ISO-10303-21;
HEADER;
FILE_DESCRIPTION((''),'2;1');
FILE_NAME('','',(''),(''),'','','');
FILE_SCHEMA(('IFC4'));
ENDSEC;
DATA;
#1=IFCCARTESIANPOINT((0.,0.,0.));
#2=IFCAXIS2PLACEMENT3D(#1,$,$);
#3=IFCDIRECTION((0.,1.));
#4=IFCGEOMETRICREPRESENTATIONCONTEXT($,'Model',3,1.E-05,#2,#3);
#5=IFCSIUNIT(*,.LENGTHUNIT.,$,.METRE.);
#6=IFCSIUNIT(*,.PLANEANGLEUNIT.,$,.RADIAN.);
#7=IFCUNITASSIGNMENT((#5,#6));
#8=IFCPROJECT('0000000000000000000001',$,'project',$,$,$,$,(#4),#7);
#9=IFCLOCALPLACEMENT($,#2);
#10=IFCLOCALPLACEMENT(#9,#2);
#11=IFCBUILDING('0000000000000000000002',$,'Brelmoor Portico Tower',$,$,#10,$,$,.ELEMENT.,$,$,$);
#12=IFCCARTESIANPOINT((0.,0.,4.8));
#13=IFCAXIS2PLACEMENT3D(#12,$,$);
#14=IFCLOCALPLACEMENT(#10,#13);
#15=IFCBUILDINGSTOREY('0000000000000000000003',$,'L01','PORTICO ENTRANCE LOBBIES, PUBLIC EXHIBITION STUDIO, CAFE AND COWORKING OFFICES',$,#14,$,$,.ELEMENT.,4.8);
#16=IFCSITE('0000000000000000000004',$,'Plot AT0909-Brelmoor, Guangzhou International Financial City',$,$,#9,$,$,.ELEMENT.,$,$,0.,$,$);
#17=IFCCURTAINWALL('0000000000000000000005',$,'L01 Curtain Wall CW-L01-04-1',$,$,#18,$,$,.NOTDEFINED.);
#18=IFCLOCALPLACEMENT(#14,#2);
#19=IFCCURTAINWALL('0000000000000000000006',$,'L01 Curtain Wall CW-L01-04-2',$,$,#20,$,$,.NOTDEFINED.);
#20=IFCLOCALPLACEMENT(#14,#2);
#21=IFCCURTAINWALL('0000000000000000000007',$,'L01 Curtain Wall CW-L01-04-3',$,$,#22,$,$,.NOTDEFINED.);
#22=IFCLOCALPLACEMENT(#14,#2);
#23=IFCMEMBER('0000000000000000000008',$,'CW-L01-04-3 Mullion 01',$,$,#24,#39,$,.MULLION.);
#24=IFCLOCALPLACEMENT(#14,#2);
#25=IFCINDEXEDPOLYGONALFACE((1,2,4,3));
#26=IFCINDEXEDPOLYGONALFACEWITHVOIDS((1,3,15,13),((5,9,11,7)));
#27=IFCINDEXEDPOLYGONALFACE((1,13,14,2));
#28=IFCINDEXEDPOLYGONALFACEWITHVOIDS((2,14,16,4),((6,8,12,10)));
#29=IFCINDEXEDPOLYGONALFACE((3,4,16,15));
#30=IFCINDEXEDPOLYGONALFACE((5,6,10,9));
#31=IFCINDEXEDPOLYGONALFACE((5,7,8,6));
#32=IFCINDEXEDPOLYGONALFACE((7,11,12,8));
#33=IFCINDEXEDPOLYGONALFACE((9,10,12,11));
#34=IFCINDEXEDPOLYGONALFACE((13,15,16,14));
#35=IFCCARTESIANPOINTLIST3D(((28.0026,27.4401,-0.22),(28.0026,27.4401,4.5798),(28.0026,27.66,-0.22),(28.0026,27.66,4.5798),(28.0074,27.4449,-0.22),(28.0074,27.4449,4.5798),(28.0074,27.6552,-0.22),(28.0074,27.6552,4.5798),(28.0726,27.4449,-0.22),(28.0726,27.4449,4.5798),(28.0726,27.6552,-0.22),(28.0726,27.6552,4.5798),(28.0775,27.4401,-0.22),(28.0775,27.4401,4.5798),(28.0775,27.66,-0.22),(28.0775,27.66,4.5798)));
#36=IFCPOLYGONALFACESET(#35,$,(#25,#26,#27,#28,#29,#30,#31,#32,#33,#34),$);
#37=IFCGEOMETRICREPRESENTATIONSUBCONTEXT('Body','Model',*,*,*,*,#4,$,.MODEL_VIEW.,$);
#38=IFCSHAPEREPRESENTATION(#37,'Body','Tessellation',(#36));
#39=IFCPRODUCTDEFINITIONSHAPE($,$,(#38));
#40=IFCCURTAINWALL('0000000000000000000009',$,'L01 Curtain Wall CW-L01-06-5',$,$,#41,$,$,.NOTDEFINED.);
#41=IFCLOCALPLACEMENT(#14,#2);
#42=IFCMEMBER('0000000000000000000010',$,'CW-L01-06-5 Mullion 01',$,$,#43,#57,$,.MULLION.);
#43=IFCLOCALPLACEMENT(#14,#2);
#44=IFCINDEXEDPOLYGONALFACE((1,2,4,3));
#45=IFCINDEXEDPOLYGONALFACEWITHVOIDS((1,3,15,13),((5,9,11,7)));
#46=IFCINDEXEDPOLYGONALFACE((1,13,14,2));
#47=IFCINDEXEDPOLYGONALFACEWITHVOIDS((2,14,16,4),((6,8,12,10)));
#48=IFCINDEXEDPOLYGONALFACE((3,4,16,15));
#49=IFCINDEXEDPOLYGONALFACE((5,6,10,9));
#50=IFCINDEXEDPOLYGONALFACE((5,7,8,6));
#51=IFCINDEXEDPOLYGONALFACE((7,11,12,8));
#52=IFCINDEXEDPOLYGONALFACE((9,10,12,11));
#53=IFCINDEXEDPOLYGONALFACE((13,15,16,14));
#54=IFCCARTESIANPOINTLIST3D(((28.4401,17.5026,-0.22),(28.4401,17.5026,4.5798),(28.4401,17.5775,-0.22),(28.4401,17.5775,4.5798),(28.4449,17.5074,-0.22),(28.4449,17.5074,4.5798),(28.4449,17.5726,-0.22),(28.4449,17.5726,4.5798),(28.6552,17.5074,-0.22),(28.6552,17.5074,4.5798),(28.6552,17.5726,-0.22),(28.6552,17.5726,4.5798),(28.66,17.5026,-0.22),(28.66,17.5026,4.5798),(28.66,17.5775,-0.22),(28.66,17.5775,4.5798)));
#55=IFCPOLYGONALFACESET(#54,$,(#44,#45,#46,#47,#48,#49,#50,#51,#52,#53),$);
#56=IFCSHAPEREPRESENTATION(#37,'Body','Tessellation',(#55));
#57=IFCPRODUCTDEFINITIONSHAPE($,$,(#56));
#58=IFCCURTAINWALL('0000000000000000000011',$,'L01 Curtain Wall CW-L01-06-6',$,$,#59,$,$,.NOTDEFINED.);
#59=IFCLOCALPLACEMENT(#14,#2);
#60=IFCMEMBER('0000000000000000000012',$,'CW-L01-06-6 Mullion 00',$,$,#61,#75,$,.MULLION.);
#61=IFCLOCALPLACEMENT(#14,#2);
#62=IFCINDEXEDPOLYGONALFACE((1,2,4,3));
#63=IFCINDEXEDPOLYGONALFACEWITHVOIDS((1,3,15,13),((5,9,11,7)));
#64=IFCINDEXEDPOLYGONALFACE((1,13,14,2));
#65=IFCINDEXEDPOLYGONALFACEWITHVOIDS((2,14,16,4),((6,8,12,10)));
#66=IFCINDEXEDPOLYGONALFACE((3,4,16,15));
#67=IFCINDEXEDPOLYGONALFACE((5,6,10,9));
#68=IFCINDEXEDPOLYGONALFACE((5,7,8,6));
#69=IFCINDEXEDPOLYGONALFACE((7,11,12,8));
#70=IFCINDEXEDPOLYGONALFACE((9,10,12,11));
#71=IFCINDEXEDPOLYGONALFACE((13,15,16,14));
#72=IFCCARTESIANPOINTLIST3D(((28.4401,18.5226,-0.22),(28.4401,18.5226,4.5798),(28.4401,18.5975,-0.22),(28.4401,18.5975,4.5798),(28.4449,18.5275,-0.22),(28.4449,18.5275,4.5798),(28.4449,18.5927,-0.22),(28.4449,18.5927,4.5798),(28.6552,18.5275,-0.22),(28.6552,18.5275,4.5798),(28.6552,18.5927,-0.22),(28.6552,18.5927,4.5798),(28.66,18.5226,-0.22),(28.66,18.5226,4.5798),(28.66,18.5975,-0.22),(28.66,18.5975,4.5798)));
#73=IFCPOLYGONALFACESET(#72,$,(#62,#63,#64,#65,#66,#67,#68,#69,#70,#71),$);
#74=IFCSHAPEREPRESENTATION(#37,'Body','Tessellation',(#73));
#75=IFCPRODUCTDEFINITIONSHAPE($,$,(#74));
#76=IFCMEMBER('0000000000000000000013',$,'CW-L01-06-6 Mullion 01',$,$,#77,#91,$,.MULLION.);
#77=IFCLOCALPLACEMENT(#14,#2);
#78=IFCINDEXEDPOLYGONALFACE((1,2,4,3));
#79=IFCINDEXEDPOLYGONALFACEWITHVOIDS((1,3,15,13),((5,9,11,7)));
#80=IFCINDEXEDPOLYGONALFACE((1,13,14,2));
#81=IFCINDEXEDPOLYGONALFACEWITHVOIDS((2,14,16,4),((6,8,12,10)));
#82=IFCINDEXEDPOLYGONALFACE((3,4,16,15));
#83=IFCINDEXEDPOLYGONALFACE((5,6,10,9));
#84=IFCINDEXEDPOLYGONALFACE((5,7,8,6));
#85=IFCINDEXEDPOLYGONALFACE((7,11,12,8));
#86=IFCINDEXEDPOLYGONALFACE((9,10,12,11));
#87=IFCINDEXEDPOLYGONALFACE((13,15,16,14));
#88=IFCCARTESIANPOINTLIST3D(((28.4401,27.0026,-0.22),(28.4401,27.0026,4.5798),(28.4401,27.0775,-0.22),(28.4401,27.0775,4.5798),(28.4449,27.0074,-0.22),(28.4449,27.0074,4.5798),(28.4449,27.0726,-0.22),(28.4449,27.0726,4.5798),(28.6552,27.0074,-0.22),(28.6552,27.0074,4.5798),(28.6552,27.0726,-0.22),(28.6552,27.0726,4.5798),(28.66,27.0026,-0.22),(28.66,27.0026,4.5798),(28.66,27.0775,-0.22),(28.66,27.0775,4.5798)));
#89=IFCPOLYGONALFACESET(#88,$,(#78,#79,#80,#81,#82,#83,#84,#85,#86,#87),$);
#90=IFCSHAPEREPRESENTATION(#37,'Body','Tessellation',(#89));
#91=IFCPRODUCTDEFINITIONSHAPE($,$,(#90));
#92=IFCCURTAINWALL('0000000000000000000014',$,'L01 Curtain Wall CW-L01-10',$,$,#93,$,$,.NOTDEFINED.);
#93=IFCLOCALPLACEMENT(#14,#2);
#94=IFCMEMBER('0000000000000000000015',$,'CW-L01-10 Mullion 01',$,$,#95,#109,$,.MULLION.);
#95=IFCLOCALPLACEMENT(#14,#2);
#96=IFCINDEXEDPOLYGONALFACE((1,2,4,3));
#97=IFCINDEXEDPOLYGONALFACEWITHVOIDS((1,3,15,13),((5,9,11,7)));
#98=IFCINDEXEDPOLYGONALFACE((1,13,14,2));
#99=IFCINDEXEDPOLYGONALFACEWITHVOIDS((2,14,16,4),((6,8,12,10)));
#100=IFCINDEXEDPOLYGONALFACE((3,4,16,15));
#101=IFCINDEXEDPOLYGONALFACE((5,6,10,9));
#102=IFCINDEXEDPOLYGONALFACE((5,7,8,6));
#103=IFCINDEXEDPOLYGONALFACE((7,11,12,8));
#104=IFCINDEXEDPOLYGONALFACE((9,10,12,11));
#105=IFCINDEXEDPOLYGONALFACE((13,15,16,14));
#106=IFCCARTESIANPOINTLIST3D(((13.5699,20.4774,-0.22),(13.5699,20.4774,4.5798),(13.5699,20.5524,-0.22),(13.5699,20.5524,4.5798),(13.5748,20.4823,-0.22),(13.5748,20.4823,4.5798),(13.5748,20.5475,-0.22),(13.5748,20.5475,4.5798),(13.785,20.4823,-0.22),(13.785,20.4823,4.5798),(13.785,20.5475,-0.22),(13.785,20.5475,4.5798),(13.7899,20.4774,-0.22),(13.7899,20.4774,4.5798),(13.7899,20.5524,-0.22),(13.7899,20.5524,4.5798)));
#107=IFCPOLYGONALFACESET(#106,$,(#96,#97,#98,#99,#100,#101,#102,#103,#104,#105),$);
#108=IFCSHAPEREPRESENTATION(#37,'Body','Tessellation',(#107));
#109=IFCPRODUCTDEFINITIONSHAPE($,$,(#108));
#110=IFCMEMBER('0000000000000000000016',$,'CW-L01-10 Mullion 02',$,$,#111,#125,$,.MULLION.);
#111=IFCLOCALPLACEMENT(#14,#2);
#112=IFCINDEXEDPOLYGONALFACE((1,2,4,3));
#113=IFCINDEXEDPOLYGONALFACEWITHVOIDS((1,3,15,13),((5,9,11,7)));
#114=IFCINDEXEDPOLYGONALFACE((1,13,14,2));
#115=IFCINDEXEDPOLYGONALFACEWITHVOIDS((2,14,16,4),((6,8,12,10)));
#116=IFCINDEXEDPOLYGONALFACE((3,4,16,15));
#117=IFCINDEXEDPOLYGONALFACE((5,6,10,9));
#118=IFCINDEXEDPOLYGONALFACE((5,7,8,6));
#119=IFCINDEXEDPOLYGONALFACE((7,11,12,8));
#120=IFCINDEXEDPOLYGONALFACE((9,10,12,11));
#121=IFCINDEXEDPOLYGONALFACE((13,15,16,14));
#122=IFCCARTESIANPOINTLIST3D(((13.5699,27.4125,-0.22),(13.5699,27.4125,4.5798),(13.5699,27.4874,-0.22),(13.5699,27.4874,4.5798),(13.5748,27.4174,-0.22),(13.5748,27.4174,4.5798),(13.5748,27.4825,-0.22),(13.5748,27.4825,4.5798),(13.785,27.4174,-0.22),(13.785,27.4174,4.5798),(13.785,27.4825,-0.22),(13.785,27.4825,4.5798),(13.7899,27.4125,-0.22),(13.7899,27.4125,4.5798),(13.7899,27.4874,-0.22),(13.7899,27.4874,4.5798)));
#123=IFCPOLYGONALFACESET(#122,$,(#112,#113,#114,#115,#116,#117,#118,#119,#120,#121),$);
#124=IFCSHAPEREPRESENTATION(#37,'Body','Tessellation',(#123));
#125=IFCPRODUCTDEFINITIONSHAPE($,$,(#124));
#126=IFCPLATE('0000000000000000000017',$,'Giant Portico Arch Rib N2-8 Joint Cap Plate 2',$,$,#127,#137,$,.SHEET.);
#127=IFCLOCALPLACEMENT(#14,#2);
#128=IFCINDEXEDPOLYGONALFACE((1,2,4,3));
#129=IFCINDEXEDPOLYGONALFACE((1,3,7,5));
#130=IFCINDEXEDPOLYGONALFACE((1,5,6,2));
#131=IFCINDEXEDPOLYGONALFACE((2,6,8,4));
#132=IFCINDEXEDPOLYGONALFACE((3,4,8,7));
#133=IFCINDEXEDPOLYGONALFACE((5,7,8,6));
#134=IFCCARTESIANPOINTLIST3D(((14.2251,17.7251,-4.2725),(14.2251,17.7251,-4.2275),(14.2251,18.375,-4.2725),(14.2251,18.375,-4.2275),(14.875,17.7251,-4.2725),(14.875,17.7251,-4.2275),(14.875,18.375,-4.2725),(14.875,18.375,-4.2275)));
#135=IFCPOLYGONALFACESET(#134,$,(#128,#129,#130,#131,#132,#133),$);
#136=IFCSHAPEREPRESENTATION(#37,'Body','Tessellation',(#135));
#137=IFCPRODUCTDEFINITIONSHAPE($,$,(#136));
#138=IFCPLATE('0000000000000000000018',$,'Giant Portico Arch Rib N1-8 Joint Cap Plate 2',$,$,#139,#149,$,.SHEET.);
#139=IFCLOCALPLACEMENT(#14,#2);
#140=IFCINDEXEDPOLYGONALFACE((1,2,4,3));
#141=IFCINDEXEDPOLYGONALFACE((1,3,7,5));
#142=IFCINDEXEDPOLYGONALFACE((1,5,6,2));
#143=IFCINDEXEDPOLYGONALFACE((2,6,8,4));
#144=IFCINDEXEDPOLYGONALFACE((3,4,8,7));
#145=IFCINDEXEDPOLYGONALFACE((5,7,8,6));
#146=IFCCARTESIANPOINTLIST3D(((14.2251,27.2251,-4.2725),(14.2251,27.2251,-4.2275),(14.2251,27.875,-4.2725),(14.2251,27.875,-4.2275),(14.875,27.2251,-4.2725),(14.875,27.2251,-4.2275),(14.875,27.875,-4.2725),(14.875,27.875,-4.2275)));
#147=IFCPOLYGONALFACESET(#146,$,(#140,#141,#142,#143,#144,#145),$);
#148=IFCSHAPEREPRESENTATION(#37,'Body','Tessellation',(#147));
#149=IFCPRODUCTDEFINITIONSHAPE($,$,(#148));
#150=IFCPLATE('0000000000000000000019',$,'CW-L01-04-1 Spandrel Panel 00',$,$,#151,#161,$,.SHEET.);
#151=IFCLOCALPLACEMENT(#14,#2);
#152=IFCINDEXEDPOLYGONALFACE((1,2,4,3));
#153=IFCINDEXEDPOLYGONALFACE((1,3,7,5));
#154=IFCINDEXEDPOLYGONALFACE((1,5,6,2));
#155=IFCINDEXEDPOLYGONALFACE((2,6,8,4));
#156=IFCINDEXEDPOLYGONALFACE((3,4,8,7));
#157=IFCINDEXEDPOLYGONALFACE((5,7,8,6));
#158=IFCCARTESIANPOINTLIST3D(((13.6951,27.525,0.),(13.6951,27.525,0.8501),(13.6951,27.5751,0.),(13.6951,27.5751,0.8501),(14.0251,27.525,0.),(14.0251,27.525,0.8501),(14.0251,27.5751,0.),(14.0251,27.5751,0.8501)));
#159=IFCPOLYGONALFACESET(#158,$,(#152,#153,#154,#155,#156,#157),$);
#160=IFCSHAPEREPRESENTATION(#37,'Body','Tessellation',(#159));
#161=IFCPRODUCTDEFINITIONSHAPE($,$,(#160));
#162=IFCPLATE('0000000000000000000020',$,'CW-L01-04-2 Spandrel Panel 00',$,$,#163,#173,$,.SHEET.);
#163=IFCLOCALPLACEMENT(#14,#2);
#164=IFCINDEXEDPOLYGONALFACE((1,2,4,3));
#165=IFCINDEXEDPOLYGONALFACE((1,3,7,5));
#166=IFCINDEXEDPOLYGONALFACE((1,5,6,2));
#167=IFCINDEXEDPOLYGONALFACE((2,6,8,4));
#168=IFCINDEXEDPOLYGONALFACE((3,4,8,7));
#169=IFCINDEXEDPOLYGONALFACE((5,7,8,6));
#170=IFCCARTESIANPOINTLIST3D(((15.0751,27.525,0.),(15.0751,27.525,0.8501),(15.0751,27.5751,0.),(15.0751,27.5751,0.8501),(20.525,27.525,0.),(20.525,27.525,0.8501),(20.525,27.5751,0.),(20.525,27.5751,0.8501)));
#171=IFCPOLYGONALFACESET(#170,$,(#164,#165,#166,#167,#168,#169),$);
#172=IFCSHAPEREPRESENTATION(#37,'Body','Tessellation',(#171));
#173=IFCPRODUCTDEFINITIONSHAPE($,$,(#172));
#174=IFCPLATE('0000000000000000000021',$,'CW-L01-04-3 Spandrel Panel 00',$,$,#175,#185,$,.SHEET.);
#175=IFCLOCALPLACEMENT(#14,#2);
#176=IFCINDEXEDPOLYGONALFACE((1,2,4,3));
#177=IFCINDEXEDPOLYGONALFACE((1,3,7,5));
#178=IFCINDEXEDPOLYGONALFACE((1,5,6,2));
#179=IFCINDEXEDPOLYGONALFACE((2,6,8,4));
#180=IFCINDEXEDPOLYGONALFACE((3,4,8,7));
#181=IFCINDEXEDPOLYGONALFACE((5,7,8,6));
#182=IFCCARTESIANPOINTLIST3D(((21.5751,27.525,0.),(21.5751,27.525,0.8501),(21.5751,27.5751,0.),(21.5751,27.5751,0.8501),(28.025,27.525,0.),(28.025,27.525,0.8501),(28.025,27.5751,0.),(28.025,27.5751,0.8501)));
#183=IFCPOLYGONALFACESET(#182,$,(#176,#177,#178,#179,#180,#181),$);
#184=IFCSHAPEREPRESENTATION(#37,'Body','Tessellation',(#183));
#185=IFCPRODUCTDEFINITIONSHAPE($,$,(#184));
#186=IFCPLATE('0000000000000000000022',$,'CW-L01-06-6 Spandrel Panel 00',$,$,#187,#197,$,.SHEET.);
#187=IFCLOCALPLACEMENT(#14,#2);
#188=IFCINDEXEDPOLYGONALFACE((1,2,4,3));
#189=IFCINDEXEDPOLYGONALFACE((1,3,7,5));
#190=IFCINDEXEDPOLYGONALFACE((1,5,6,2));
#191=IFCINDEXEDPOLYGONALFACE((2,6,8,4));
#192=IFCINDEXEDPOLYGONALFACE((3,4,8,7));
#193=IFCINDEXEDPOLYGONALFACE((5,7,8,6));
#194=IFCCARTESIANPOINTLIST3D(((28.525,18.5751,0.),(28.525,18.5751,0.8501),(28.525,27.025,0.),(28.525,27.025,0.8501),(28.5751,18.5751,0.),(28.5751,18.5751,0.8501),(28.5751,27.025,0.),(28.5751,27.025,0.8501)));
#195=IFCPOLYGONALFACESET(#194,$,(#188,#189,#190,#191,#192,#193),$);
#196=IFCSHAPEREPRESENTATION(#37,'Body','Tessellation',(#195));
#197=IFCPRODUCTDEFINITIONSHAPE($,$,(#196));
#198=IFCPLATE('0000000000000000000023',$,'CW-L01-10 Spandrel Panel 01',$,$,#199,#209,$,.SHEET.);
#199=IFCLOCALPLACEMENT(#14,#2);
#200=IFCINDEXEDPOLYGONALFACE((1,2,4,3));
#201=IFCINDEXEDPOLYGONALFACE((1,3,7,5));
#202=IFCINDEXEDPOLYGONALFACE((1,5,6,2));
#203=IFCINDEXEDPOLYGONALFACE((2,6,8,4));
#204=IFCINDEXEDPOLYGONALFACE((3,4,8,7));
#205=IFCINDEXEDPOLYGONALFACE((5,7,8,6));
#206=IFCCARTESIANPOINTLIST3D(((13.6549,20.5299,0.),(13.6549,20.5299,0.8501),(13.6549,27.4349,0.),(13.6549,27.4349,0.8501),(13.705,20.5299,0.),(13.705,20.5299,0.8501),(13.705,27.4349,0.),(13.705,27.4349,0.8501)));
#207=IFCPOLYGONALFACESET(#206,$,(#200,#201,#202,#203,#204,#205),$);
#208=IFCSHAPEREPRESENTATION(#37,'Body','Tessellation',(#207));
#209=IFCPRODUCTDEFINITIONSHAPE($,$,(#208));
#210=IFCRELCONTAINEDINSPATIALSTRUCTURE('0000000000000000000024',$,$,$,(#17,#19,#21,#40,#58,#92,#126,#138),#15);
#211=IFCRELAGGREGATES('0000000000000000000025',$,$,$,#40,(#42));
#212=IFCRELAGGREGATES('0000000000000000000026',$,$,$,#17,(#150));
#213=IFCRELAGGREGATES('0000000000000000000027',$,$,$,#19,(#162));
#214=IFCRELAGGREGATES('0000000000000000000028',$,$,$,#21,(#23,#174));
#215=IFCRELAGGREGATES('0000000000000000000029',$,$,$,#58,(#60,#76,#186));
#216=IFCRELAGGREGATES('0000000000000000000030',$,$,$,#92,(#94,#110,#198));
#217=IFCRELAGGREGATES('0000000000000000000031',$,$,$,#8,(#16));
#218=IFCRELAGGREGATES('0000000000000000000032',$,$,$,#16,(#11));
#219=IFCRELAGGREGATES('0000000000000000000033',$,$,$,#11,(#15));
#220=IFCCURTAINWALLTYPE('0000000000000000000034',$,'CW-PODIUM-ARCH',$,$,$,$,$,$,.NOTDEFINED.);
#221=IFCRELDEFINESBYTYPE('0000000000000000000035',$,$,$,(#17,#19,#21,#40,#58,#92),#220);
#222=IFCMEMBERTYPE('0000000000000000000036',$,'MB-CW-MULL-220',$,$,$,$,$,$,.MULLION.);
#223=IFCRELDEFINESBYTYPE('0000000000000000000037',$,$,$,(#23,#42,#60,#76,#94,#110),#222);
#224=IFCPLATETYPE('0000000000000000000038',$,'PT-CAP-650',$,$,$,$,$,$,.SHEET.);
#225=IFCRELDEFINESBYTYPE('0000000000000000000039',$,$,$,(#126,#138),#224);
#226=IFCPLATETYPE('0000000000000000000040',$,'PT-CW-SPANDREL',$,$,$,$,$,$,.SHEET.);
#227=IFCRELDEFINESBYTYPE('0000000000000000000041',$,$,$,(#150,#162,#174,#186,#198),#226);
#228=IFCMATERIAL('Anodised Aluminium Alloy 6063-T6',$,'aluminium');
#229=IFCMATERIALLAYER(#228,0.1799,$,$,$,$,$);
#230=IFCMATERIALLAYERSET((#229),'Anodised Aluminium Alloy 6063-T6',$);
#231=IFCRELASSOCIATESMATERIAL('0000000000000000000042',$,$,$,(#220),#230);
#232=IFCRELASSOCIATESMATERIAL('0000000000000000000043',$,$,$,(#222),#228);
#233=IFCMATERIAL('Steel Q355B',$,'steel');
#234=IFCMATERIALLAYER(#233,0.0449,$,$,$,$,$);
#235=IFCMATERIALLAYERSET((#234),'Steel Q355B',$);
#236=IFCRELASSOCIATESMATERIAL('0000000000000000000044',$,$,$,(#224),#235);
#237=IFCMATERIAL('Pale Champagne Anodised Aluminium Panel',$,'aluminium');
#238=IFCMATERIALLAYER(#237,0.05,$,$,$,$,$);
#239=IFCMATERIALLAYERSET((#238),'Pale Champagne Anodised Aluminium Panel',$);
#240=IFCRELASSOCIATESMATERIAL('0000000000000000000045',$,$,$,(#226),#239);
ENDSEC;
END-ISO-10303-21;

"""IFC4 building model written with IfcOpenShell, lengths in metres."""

from ifc_helpers import new_model, si_unit, direction, frame, origin, origin_2d, place, context, subcontext, project, spatial, rectangle, hollow_rectangle, extrude, material, layer, layer_set, material_profile, profile_set, type_object, element, aggregate, save


model = new_model("IFC4")

# Units and contexts
model_context = context("Model", 3, precision=1e-05, world=origin(), true_north=direction((0.0, 1.0)))
body_context = subcontext(model_context, "Body", "Model", "MODEL_VIEW")
ifc_project = project(units=[si_unit("LENGTHUNIT", "METRE"), si_unit("PLANEANGLEUNIT", "RADIAN")], contexts=[model_context])

# Site, building, storey
site_placement = place(None, origin())
site = spatial("IfcSite", under=ifc_project, at=site_placement, Name="Plot AT0909-Brelmoor, Guangzhou International Financial City", CompositionType="ELEMENT", RefElevation=0.0)
building_placement = place(site_placement, origin())
building = spatial("IfcBuilding", under=site, at=building_placement, Name="Brelmoor Portico Tower", CompositionType="ELEMENT")
storey_placement = place(building_placement, frame((0.0, 0.0, 4.8)))
storey = spatial("IfcBuildingStorey", under=building, at=storey_placement, Name="L01", Description="PORTICO ENTRANCE LOBBIES, PUBLIC EXHIBITION STUDIO, CAFE AND COWORKING OFFICES", CompositionType="ELEMENT", Elevation=4.8)

# Shared definitions
ifc_material_1 = material(Name="Steel Q355B", Category="steel")

# Curtain walls, member
ifc_material_2 = material(Name="Anodised Aluminium Alloy 6063-T6", Category="aluminium")
ifc_layer_1 = layer(ifc_material_2, 0.1799)
ifc_layer_set_1 = layer_set([ifc_layer_1], Name="Anodised Aluminium Alloy 6063-T6")
curtain_wall_type = type_object("IfcCurtainWallType", Name="CW-PODIUM-ARCH", PredefinedType="NOTDEFINED", material=ifc_layer_set_1)
curtain_wall_1_placement = place(storey_placement, origin())
curtain_wall_1 = element("IfcCurtainWall", 1, at=curtain_wall_1_placement, inside=storey, type_object=curtain_wall_type, Name="L01 Curtain Wall CW-L01-04-1", PredefinedType="NOTDEFINED")
ifc_material_profile_1 = material_profile(ifc_material_2, hollow_rectangle(XDim=0.075, YDim=0.22, WallThickness=0.0049, at=origin_2d()), Name="ALU MULLION 75x220")
ifc_profile_set_1 = profile_set([ifc_material_profile_1], Name="Anodised Aluminium Alloy 6063-T6")
member_type = type_object("IfcMemberType", Name="MB-CW-MULL-220", PredefinedType="MULLION", material=ifc_profile_set_1)
curtain_wall_2_placement = place(storey_placement, origin())
curtain_wall_2 = element("IfcCurtainWall", 2, at=curtain_wall_2_placement, inside=storey, type_object=curtain_wall_type, Name="L01 Curtain Wall CW-L01-04-2", PredefinedType="NOTDEFINED")
curtain_wall_3_placement = place(storey_placement, origin())
curtain_wall_3 = element("IfcCurtainWall", 3, at=curtain_wall_3_placement, inside=storey, type_object=curtain_wall_type, Name="L01 Curtain Wall CW-L01-04-3", PredefinedType="NOTDEFINED")
member_1_placement = place(storey_placement, frame((28.04, 27.55, -0.22), z_axis=(0.0, 0.0, 1.0), x_axis=(1.0, 0.0, 0.0)))
member_1 = element("IfcMember", 4, at=member_1_placement, type_object=member_type, Name="CW-L01-04-3 Mullion 01", PredefinedType="MULLION", context=body_context, shape_type="SweptSolid", body=[
    extrude(hollow_rectangle(XDim=0.075, YDim=0.22, WallThickness=0.0049, at=origin_2d()), origin(), (0.0, 0.0, 1.0), 4.7998),
])

# Curtain wall, member
curtain_wall_4_placement = place(storey_placement, origin())
curtain_wall_4 = element("IfcCurtainWall", 5, at=curtain_wall_4_placement, inside=storey, type_object=curtain_wall_type, Name="L01 Curtain Wall CW-L01-06-5", PredefinedType="NOTDEFINED")
member_2_placement = place(storey_placement, frame((28.55, 17.54, -0.22), z_axis=(0.0, 0.0, 1.0), x_axis=(0.0, 1.0, 0.0)))
member_2 = element("IfcMember", 6, at=member_2_placement, type_object=member_type, Name="CW-L01-06-5 Mullion 01", PredefinedType="MULLION", context=body_context, shape_type="SweptSolid", body=[
    extrude(hollow_rectangle(XDim=0.075, YDim=0.22, WallThickness=0.0049, at=origin_2d()), origin(), (0.0, 0.0, 1.0), 4.7998),
])
aggregate(curtain_wall_4, [member_2])

# Curtain walls, members
curtain_wall_5_placement = place(storey_placement, origin())
curtain_wall_5 = element("IfcCurtainWall", 7, at=curtain_wall_5_placement, inside=storey, type_object=curtain_wall_type, Name="L01 Curtain Wall CW-L01-06-6", PredefinedType="NOTDEFINED")
member_3_placement = place(storey_placement, frame((28.55, 18.5601, -0.22), z_axis=(0.0, 0.0, 1.0), x_axis=(0.0, 1.0, 0.0)))
member_3 = element("IfcMember", 8, at=member_3_placement, type_object=member_type, Name="CW-L01-06-6 Mullion 00", PredefinedType="MULLION", context=body_context, shape_type="SweptSolid", body=[
    extrude(hollow_rectangle(XDim=0.075, YDim=0.22, WallThickness=0.0049, at=origin_2d()), origin(), (0.0, 0.0, 1.0), 4.7998),
])
member_4_placement = place(storey_placement, frame((28.55, 27.04, -0.22), z_axis=(0.0, 0.0, 1.0), x_axis=(0.0, 1.0, 0.0)))
member_4 = element("IfcMember", 9, at=member_4_placement, type_object=member_type, Name="CW-L01-06-6 Mullion 01", PredefinedType="MULLION", context=body_context, shape_type="SweptSolid", body=[
    extrude(hollow_rectangle(XDim=0.075, YDim=0.22, WallThickness=0.0049, at=origin_2d()), origin(), (0.0, 0.0, 1.0), 4.7998),
])
curtain_wall_6_placement = place(storey_placement, origin())
curtain_wall_6 = element("IfcCurtainWall", 10, at=curtain_wall_6_placement, inside=storey, type_object=curtain_wall_type, Name="L01 Curtain Wall CW-L01-10", PredefinedType="NOTDEFINED")
member_5_placement = place(storey_placement, frame((13.6799, 20.5149, -0.22), z_axis=(0.0, 0.0, 1.0), x_axis=(0.0, 1.0, 0.0)))
member_5 = element("IfcMember", 11, at=member_5_placement, type_object=member_type, Name="CW-L01-10 Mullion 01", PredefinedType="MULLION", context=body_context, shape_type="SweptSolid", body=[
    extrude(hollow_rectangle(XDim=0.075, YDim=0.22, WallThickness=0.0049, at=origin_2d()), origin(), (0.0, 0.0, 1.0), 4.7998),
])
member_6_placement = place(storey_placement, frame((13.6799, 27.45, -0.22), z_axis=(0.0, 0.0, 1.0), x_axis=(0.0, 1.0, 0.0)))
member_6 = element("IfcMember", 12, at=member_6_placement, type_object=member_type, Name="CW-L01-10 Mullion 02", PredefinedType="MULLION", context=body_context, shape_type="SweptSolid", body=[
    extrude(hollow_rectangle(XDim=0.075, YDim=0.22, WallThickness=0.0049, at=origin_2d()), origin(), (0.0, 0.0, 1.0), 4.7998),
])

# Plates
ifc_layer_2 = layer(ifc_material_1, 0.0449)
ifc_layer_set_2 = layer_set([ifc_layer_2], Name="Steel Q355B")
plate_type_1 = type_object("IfcPlateType", Name="PT-CAP-650", PredefinedType="SHEET", material=ifc_layer_set_2)
for number, where, z_axis, x_axis, name in (
    (13, (14.55, 18.05, -4.2725), (0.0, 0.0, 1.0), (1.0, 0.0, 0.0), "Giant Portico Arch Rib N2-8 Joint Cap Plate 2"),
    (14, (14.55, 27.55, -4.2725), (0.0, 0.0, 1.0), (1.0, 0.0, 0.0), "Giant Portico Arch Rib N1-8 Joint Cap Plate 2"),
):
    element("IfcPlate", number, at=place(storey_placement, frame(where, z_axis=z_axis, x_axis=x_axis)), inside=storey, type_object=plate_type_1, Name=name, PredefinedType="SHEET", context=body_context, shape_type="SweptSolid", body=[
        extrude(rectangle(XDim=0.6499, YDim=0.6499, at=origin_2d()), origin(), (0.0, 0.0, 1.0), 0.0449),
    ])

# Plates
ifc_material_3 = material(Name="Pale Champagne Anodised Aluminium Panel", Category="aluminium")
ifc_layer_3 = layer(ifc_material_3, 0.05)
ifc_layer_set_3 = layer_set([ifc_layer_3], Name="Pale Champagne Anodised Aluminium Panel")
plate_type_2 = type_object("IfcPlateType", Name="PT-CW-SPANDREL", PredefinedType="SHEET", material=ifc_layer_set_3)
plate_1_placement = place(storey_placement, frame((13.8601, 27.55, 0.0), z_axis=(0.0, 0.0, 1.0), x_axis=(1.0, 0.0, 0.0)))
plate_1 = element("IfcPlate", 15, at=plate_1_placement, type_object=plate_type_2, Name="CW-L01-04-1 Spandrel Panel 00", PredefinedType="SHEET", context=body_context, shape_type="SweptSolid", body=[
    extrude(rectangle(XDim=0.3301, YDim=0.05, at=origin_2d()), origin(), (0.0, 0.0, 1.0), 0.8501),
])
aggregate(curtain_wall_1, [plate_1])
plate_2_placement = place(storey_placement, frame((17.8, 27.55, 0.0), z_axis=(0.0, 0.0, 1.0), x_axis=(1.0, 0.0, 0.0)))
plate_2 = element("IfcPlate", 16, at=plate_2_placement, type_object=plate_type_2, Name="CW-L01-04-2 Spandrel Panel 00", PredefinedType="SHEET", context=body_context, shape_type="SweptSolid", body=[
    extrude(rectangle(XDim=5.45, YDim=0.05, at=origin_2d()), origin(), (0.0, 0.0, 1.0), 0.8501),
])
aggregate(curtain_wall_2, [plate_2])
plate_3_placement = place(storey_placement, frame((24.8, 27.55, 0.0), z_axis=(0.0, 0.0, 1.0), x_axis=(1.0, 0.0, 0.0)))
plate_3 = element("IfcPlate", 17, at=plate_3_placement, type_object=plate_type_2, Name="CW-L01-04-3 Spandrel Panel 00", PredefinedType="SHEET", context=body_context, shape_type="SweptSolid", body=[
    extrude(rectangle(XDim=6.45, YDim=0.05, at=origin_2d()), origin(), (0.0, 0.0, 1.0), 0.8501),
])
aggregate(curtain_wall_3, [member_1, plate_3])
plate_4_placement = place(storey_placement, frame((28.55, 22.8, 0.0), z_axis=(0.0, 0.0, 1.0), x_axis=(0.0, 1.0, 0.0)))
plate_4 = element("IfcPlate", 18, at=plate_4_placement, type_object=plate_type_2, Name="CW-L01-06-6 Spandrel Panel 00", PredefinedType="SHEET", context=body_context, shape_type="SweptSolid", body=[
    extrude(rectangle(XDim=8.45, YDim=0.05, at=origin_2d()), origin(), (0.0, 0.0, 1.0), 0.8501),
])
aggregate(curtain_wall_5, [member_3, member_4, plate_4])
plate_5_placement = place(storey_placement, frame((13.6799, 23.9824, 0.0), z_axis=(0.0, 0.0, 1.0), x_axis=(0.0, 1.0, 0.0)))
plate_5 = element("IfcPlate", 19, at=plate_5_placement, type_object=plate_type_2, Name="CW-L01-10 Spandrel Panel 01", PredefinedType="SHEET", context=body_context, shape_type="SweptSolid", body=[
    extrude(rectangle(XDim=6.905, YDim=0.05, at=origin_2d()), origin(), (0.0, 0.0, 1.0), 0.8501),
])
aggregate(curtain_wall_6, [member_5, member_6, plate_5])

save(model, "model.ifc")
